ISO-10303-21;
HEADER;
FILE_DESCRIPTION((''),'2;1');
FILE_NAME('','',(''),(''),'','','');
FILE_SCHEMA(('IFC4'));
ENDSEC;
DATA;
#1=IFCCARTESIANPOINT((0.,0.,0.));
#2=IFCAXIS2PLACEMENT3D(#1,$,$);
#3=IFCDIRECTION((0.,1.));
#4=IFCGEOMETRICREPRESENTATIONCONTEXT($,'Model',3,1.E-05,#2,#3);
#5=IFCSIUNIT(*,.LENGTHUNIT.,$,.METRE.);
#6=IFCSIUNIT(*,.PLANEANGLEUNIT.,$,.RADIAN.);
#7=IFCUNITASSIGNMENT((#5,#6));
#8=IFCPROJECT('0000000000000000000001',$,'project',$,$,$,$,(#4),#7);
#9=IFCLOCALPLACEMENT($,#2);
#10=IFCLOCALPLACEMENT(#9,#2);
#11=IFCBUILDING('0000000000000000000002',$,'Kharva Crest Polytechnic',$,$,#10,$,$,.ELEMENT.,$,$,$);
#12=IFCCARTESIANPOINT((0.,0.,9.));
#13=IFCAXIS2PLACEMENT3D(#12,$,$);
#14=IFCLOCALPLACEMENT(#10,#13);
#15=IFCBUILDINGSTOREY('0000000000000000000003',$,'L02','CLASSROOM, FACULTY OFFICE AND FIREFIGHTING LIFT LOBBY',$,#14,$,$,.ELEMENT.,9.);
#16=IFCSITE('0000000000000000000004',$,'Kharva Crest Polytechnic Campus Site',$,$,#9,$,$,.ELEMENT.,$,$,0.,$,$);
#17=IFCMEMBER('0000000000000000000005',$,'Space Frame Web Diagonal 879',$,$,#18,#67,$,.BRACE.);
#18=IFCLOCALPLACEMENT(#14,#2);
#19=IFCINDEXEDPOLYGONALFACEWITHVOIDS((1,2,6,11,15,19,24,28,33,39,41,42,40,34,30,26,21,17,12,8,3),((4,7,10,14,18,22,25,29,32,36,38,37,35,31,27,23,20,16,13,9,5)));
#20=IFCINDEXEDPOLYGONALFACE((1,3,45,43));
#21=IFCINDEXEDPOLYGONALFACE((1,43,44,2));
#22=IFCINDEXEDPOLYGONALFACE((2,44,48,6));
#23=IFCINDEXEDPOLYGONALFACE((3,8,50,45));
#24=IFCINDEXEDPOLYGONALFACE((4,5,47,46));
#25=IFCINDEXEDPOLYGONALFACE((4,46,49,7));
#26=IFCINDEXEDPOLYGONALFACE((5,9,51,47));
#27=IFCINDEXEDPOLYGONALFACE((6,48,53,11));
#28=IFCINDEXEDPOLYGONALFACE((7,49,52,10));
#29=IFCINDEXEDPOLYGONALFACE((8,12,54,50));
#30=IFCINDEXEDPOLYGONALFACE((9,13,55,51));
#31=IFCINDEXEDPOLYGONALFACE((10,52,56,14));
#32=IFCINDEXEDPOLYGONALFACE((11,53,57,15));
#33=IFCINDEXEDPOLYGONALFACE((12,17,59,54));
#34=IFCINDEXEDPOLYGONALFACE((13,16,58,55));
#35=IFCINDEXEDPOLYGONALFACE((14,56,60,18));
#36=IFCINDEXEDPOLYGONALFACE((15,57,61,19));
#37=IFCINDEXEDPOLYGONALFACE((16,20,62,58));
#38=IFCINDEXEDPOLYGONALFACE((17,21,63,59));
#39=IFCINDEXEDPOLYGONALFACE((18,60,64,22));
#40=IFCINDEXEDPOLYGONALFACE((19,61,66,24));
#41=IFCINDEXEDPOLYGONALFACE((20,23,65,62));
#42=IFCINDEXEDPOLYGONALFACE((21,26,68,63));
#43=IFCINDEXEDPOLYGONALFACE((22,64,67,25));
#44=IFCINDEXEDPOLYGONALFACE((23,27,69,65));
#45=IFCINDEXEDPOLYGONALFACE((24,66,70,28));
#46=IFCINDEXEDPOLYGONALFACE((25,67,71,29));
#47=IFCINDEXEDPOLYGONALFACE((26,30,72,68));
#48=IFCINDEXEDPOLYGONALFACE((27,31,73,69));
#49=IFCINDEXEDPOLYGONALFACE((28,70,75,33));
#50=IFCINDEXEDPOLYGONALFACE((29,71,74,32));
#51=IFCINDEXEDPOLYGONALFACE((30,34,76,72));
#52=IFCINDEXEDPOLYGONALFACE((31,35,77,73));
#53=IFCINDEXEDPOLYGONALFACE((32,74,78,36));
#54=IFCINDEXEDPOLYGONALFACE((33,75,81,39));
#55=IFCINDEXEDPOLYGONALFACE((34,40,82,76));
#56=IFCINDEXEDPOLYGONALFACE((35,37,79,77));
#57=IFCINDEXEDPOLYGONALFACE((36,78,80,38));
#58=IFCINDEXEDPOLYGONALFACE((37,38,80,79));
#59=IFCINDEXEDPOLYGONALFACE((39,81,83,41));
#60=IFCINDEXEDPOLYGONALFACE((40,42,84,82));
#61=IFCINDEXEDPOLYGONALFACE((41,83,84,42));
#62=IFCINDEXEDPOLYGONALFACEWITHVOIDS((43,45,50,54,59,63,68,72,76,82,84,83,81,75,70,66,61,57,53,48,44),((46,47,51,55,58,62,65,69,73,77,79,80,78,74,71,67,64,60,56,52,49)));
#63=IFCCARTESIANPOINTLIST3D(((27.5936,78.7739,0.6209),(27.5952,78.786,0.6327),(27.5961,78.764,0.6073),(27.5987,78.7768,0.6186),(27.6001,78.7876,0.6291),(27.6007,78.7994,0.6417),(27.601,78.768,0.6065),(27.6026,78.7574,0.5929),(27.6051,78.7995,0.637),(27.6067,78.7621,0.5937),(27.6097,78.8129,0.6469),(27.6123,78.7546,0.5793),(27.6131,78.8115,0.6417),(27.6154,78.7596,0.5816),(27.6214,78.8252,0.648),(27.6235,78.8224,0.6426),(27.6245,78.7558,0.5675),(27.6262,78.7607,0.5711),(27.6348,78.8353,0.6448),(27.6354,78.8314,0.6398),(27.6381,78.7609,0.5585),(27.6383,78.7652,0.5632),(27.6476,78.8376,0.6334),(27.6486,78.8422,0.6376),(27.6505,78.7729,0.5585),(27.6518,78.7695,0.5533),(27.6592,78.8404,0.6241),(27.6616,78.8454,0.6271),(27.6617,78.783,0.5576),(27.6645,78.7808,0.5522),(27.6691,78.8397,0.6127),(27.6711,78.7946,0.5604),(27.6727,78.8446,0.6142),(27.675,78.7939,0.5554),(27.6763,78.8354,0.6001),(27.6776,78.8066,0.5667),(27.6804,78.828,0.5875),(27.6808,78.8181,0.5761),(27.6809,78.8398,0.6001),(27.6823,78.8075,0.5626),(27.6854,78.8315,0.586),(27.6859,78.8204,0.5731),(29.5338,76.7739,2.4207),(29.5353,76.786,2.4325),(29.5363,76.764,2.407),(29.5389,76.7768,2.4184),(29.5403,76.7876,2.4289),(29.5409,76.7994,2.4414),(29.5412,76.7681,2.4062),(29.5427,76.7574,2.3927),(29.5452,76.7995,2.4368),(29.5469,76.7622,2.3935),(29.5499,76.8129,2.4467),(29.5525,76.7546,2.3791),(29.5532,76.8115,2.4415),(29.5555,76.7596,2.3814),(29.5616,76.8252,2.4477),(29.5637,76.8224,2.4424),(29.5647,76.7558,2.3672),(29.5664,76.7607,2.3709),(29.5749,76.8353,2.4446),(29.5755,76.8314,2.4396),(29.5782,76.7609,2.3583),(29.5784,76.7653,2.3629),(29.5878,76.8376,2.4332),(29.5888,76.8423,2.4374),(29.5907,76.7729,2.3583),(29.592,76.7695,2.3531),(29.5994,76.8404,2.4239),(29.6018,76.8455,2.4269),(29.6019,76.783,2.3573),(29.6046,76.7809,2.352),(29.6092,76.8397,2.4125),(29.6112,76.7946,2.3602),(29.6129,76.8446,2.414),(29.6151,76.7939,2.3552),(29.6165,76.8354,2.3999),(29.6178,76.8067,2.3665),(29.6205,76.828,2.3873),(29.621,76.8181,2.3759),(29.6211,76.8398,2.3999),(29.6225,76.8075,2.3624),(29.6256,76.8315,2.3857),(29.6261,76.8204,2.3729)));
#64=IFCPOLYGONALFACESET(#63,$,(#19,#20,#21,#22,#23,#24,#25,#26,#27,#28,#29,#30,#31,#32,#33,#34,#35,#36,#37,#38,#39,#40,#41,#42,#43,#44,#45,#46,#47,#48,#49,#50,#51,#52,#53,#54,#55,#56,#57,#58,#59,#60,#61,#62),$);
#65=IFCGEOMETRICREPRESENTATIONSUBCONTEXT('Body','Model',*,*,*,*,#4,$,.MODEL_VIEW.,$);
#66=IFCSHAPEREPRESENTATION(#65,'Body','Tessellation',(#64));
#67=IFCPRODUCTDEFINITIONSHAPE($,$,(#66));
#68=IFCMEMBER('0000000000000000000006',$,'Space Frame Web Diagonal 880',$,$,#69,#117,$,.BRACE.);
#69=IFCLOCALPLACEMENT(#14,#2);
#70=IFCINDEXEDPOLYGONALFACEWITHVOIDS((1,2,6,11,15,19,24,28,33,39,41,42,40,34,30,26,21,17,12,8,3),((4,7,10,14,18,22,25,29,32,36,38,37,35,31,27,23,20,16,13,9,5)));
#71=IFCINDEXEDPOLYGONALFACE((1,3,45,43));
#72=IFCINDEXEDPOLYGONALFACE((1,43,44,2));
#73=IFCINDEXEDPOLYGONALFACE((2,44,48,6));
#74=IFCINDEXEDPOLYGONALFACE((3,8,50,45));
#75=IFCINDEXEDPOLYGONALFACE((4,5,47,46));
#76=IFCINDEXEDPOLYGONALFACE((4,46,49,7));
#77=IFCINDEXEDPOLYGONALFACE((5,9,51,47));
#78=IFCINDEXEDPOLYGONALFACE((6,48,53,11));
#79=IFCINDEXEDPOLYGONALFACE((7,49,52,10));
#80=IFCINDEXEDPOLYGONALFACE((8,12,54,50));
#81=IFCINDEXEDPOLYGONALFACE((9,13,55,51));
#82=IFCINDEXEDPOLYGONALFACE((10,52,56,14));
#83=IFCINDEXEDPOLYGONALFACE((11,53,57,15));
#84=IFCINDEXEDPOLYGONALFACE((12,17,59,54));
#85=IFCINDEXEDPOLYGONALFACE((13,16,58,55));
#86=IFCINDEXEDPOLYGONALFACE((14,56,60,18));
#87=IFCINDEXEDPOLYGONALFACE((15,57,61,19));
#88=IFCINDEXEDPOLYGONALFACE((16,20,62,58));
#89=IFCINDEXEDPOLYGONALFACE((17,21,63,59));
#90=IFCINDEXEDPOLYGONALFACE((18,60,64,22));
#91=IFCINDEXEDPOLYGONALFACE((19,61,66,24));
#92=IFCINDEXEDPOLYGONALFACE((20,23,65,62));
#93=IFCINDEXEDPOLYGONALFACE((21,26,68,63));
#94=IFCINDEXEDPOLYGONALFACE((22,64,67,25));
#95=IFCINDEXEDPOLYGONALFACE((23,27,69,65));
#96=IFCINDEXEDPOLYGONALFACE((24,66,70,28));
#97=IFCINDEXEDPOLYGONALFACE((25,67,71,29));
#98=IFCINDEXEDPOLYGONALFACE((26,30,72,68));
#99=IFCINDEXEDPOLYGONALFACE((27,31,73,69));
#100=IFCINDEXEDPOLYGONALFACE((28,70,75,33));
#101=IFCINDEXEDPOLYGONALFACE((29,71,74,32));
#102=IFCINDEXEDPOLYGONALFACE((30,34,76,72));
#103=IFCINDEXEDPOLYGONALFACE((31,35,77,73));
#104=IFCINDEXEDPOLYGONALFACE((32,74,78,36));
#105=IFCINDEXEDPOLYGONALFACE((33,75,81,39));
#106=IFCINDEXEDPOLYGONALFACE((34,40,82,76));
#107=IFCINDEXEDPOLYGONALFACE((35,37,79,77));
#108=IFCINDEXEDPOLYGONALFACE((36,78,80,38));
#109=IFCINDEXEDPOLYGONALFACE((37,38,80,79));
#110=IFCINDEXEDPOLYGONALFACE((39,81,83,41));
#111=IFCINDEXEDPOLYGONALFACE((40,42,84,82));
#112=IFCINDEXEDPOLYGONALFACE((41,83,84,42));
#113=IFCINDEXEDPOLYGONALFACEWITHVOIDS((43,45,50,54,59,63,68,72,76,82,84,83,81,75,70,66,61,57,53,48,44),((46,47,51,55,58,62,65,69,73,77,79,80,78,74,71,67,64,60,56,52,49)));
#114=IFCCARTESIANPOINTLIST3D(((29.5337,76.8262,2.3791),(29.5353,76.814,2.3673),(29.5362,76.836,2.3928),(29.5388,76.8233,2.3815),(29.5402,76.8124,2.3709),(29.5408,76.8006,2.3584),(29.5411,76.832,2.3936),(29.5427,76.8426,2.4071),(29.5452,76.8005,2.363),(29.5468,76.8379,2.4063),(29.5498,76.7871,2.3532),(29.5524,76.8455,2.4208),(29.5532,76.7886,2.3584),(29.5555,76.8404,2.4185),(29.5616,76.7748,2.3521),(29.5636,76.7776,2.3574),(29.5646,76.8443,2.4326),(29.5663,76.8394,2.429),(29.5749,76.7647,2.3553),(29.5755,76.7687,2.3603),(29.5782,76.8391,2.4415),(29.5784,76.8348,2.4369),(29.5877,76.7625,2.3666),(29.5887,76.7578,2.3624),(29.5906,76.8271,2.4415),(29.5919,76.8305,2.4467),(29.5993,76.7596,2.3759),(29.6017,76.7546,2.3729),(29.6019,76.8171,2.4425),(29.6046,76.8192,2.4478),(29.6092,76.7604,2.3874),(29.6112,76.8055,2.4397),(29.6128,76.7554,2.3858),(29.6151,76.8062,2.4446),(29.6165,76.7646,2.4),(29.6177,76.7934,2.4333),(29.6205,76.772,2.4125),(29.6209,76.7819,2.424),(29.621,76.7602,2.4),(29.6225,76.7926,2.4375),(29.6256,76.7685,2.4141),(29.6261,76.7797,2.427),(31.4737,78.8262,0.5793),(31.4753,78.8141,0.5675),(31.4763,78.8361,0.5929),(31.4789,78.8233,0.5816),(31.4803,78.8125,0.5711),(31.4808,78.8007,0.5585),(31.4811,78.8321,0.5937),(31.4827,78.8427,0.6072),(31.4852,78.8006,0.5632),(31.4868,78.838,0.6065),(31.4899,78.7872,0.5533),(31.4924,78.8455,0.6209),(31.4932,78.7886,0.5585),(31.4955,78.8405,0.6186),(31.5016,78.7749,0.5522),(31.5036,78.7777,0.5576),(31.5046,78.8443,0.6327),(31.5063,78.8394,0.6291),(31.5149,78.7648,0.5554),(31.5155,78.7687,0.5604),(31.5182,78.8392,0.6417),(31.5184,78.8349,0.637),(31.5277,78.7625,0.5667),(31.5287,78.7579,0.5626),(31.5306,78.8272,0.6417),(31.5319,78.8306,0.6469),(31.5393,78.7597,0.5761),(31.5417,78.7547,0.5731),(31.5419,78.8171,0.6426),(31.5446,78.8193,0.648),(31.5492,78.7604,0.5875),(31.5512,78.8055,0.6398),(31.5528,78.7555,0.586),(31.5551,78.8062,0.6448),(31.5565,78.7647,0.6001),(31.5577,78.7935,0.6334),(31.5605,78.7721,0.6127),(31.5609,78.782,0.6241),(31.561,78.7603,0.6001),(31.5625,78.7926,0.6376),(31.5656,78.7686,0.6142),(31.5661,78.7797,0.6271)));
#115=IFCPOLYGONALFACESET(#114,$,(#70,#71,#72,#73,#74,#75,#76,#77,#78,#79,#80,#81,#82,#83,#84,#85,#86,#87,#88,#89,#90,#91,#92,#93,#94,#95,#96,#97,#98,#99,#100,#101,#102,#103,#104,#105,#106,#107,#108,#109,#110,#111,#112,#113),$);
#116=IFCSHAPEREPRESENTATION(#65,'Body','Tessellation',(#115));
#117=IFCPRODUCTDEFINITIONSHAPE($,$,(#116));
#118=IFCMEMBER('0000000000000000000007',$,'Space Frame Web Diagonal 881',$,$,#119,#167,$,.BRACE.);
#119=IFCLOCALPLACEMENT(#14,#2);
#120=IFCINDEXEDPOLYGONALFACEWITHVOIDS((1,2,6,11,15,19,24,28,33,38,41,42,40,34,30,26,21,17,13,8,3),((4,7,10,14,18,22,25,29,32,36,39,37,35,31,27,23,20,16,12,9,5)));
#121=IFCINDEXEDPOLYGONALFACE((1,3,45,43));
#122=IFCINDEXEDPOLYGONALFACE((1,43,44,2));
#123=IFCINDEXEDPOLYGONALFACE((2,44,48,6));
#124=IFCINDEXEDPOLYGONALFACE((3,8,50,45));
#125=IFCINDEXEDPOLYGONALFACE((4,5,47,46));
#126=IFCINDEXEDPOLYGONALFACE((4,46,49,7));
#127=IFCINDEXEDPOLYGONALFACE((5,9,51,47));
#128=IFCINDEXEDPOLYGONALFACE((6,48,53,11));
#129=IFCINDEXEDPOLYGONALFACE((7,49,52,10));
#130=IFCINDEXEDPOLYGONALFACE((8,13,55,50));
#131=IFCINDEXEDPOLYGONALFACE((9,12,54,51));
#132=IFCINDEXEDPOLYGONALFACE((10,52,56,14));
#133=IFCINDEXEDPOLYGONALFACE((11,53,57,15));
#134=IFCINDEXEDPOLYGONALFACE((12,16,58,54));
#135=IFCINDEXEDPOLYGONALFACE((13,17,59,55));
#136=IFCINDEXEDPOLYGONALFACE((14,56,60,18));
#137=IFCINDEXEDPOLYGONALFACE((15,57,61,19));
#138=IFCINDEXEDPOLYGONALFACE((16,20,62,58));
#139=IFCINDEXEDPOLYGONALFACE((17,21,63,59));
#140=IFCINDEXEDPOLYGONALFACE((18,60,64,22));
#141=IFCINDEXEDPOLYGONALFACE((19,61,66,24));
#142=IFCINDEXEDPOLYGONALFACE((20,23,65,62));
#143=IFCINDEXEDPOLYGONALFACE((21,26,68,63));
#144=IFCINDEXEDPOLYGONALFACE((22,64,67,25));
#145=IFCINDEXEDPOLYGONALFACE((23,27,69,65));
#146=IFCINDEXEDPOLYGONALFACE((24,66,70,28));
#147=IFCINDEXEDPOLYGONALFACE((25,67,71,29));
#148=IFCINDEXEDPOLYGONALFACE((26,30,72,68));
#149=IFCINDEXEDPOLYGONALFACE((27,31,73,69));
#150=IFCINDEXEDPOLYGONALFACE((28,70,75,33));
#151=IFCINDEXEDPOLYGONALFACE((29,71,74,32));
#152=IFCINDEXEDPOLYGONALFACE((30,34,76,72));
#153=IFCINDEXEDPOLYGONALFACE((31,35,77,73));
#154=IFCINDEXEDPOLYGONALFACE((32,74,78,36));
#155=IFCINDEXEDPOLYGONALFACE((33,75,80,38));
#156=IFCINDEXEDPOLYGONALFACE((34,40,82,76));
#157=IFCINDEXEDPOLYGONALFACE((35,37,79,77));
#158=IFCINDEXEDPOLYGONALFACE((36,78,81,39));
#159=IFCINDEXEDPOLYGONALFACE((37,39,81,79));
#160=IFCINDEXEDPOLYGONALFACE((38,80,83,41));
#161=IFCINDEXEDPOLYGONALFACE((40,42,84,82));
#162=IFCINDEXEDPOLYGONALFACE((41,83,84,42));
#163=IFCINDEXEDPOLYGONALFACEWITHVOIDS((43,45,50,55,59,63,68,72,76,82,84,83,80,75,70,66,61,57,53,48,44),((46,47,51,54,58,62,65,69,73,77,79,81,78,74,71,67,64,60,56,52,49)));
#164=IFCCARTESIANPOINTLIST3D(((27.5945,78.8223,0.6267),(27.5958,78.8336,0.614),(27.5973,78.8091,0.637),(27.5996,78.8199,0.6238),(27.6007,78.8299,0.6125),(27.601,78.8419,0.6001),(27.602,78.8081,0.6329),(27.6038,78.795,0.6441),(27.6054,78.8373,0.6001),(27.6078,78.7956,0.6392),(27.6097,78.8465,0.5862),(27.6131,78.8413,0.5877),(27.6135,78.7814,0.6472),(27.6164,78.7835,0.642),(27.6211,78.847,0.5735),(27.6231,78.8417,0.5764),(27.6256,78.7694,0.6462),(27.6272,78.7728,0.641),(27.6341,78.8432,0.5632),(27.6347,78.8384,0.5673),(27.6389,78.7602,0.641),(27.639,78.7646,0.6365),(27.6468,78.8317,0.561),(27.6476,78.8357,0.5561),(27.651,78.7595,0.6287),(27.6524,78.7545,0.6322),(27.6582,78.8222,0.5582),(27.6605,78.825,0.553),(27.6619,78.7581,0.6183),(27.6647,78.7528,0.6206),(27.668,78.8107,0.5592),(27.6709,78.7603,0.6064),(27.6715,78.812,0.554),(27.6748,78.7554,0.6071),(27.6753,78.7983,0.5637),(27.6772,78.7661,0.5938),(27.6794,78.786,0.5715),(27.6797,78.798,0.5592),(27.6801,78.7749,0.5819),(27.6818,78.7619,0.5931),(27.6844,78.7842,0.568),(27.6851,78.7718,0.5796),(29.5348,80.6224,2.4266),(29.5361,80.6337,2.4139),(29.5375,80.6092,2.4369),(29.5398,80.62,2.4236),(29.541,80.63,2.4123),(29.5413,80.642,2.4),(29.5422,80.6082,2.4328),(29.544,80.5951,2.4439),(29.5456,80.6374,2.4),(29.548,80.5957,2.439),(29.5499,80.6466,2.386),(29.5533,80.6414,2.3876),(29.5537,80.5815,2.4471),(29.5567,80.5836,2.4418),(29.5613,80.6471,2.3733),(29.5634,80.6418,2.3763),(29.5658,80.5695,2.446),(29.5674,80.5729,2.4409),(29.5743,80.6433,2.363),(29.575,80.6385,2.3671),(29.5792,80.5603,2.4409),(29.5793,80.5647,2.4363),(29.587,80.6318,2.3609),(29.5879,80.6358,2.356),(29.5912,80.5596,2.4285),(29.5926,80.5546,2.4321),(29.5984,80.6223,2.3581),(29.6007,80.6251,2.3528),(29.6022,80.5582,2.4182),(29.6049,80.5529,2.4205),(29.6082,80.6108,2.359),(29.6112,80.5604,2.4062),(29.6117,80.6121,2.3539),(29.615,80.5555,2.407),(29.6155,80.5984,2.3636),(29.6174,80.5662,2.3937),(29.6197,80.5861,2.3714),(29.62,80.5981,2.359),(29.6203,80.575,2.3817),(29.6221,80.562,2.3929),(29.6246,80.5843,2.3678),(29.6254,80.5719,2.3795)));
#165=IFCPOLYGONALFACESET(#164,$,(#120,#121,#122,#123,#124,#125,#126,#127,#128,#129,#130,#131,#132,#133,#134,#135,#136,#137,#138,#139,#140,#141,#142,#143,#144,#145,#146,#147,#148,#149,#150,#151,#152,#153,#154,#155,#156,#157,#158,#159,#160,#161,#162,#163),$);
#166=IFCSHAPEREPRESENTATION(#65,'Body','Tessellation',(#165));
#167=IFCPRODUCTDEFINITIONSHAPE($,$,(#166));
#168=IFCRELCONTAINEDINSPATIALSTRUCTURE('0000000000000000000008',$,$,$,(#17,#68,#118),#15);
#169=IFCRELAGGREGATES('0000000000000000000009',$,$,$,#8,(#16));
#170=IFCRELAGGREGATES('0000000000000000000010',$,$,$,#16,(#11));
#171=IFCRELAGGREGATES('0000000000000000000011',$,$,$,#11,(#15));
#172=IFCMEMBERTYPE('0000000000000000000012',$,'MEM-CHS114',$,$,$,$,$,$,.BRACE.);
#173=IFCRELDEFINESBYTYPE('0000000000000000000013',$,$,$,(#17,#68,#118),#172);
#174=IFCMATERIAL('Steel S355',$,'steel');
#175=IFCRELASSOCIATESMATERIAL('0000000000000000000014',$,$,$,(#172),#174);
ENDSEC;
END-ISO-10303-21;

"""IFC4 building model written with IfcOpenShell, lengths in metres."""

from ifc_helpers import new_model, si_unit, direction, frame, origin, origin_2d, place, context, subcontext, project, spatial, hollow_circle, extrude, material, material_profile, profile_set, type_object, element, save


model = new_model("IFC4")

# Units and contexts
model_context = context("Model", 3, precision=1e-05, world=origin(), true_north=direction((0.0, 1.0)))
body_context = subcontext(model_context, "Body", "Model", "MODEL_VIEW")
ifc_project = project(units=[si_unit("LENGTHUNIT", "METRE"), si_unit("PLANEANGLEUNIT", "RADIAN")], contexts=[model_context])

# Site, building, storey
site_placement = place(None, origin())
site = spatial("IfcSite", under=ifc_project, at=site_placement, Name="Kharva Crest Polytechnic Campus Site", CompositionType="ELEMENT", RefElevation=0.0)
building_placement = place(site_placement, origin())
building = spatial("IfcBuilding", under=site, at=building_placement, Name="Kharva Crest Polytechnic", CompositionType="ELEMENT")
storey_placement = place(building_placement, frame((0.0, 0.0, 9.0)))
storey = spatial("IfcBuildingStorey", under=building, at=storey_placement, Name="L02", Description="CLASSROOM, FACULTY OFFICE AND FIREFIGHTING LIFT LOBBY", CompositionType="ELEMENT", Elevation=9.0)

# Shared definitions
ifc_material_1 = material(Name="Steel S355", Category="steel")

# Members
ifc_material_profile_1 = material_profile(ifc_material_1, hollow_circle(Radius=0.0571, WallThickness=0.0063, at=origin_2d()), Name="CHS 114.3X6.3")
ifc_profile_set_1 = profile_set([ifc_material_profile_1], Name="Steel S355")
member_type_1 = type_object("IfcMemberType", Name="MEM-CHS114", PredefinedType="BRACE", material=ifc_profile_set_1)
for number, where, z_axis, x_axis, name in (
    (1, (27.6399, 78.8, 0.6001), (0.584892, -0.602924, 0.542572), (0.717758, 0.696292, 0.0), "Space Frame Web Diagonal 879"),
    (2, (31.52, 78.8, 0.6001), (-0.584843, -0.60295, 0.542596), (0.717802, -0.696247, 0.0), "Space Frame Web Diagonal 880"),
):
    element("IfcMember", number, at=place(storey_placement, frame(where, z_axis=z_axis, x_axis=x_axis)), inside=storey, type_object=member_type_1, Name=name, PredefinedType="BRACE", context=body_context, shape_type="SweptSolid", body=[
        extrude(hollow_circle(Radius=0.0571, WallThickness=0.0063, at=origin_2d()), origin(), (0.0, 0.0, 1.0), 3.3171),
    ])
member_1_placement = place(storey_placement, frame((27.6399, 78.8, 0.6001), z_axis=(0.606196, 0.562411, 0.562335), x_axis=(-0.680136, 0.733086, 0.0)))
element("IfcMember", 3, at=member_1_placement, inside=storey, type_object=member_type_1, Name="Space Frame Web Diagonal 881", PredefinedType="BRACE", context=body_context, shape_type="SweptSolid", body=[
    extrude(hollow_circle(Radius=0.0571, WallThickness=0.0063, at=origin_2d()), origin(), (0.0, 0.0, 1.0), 3.2007),
])

save(model, "model.ifc")
